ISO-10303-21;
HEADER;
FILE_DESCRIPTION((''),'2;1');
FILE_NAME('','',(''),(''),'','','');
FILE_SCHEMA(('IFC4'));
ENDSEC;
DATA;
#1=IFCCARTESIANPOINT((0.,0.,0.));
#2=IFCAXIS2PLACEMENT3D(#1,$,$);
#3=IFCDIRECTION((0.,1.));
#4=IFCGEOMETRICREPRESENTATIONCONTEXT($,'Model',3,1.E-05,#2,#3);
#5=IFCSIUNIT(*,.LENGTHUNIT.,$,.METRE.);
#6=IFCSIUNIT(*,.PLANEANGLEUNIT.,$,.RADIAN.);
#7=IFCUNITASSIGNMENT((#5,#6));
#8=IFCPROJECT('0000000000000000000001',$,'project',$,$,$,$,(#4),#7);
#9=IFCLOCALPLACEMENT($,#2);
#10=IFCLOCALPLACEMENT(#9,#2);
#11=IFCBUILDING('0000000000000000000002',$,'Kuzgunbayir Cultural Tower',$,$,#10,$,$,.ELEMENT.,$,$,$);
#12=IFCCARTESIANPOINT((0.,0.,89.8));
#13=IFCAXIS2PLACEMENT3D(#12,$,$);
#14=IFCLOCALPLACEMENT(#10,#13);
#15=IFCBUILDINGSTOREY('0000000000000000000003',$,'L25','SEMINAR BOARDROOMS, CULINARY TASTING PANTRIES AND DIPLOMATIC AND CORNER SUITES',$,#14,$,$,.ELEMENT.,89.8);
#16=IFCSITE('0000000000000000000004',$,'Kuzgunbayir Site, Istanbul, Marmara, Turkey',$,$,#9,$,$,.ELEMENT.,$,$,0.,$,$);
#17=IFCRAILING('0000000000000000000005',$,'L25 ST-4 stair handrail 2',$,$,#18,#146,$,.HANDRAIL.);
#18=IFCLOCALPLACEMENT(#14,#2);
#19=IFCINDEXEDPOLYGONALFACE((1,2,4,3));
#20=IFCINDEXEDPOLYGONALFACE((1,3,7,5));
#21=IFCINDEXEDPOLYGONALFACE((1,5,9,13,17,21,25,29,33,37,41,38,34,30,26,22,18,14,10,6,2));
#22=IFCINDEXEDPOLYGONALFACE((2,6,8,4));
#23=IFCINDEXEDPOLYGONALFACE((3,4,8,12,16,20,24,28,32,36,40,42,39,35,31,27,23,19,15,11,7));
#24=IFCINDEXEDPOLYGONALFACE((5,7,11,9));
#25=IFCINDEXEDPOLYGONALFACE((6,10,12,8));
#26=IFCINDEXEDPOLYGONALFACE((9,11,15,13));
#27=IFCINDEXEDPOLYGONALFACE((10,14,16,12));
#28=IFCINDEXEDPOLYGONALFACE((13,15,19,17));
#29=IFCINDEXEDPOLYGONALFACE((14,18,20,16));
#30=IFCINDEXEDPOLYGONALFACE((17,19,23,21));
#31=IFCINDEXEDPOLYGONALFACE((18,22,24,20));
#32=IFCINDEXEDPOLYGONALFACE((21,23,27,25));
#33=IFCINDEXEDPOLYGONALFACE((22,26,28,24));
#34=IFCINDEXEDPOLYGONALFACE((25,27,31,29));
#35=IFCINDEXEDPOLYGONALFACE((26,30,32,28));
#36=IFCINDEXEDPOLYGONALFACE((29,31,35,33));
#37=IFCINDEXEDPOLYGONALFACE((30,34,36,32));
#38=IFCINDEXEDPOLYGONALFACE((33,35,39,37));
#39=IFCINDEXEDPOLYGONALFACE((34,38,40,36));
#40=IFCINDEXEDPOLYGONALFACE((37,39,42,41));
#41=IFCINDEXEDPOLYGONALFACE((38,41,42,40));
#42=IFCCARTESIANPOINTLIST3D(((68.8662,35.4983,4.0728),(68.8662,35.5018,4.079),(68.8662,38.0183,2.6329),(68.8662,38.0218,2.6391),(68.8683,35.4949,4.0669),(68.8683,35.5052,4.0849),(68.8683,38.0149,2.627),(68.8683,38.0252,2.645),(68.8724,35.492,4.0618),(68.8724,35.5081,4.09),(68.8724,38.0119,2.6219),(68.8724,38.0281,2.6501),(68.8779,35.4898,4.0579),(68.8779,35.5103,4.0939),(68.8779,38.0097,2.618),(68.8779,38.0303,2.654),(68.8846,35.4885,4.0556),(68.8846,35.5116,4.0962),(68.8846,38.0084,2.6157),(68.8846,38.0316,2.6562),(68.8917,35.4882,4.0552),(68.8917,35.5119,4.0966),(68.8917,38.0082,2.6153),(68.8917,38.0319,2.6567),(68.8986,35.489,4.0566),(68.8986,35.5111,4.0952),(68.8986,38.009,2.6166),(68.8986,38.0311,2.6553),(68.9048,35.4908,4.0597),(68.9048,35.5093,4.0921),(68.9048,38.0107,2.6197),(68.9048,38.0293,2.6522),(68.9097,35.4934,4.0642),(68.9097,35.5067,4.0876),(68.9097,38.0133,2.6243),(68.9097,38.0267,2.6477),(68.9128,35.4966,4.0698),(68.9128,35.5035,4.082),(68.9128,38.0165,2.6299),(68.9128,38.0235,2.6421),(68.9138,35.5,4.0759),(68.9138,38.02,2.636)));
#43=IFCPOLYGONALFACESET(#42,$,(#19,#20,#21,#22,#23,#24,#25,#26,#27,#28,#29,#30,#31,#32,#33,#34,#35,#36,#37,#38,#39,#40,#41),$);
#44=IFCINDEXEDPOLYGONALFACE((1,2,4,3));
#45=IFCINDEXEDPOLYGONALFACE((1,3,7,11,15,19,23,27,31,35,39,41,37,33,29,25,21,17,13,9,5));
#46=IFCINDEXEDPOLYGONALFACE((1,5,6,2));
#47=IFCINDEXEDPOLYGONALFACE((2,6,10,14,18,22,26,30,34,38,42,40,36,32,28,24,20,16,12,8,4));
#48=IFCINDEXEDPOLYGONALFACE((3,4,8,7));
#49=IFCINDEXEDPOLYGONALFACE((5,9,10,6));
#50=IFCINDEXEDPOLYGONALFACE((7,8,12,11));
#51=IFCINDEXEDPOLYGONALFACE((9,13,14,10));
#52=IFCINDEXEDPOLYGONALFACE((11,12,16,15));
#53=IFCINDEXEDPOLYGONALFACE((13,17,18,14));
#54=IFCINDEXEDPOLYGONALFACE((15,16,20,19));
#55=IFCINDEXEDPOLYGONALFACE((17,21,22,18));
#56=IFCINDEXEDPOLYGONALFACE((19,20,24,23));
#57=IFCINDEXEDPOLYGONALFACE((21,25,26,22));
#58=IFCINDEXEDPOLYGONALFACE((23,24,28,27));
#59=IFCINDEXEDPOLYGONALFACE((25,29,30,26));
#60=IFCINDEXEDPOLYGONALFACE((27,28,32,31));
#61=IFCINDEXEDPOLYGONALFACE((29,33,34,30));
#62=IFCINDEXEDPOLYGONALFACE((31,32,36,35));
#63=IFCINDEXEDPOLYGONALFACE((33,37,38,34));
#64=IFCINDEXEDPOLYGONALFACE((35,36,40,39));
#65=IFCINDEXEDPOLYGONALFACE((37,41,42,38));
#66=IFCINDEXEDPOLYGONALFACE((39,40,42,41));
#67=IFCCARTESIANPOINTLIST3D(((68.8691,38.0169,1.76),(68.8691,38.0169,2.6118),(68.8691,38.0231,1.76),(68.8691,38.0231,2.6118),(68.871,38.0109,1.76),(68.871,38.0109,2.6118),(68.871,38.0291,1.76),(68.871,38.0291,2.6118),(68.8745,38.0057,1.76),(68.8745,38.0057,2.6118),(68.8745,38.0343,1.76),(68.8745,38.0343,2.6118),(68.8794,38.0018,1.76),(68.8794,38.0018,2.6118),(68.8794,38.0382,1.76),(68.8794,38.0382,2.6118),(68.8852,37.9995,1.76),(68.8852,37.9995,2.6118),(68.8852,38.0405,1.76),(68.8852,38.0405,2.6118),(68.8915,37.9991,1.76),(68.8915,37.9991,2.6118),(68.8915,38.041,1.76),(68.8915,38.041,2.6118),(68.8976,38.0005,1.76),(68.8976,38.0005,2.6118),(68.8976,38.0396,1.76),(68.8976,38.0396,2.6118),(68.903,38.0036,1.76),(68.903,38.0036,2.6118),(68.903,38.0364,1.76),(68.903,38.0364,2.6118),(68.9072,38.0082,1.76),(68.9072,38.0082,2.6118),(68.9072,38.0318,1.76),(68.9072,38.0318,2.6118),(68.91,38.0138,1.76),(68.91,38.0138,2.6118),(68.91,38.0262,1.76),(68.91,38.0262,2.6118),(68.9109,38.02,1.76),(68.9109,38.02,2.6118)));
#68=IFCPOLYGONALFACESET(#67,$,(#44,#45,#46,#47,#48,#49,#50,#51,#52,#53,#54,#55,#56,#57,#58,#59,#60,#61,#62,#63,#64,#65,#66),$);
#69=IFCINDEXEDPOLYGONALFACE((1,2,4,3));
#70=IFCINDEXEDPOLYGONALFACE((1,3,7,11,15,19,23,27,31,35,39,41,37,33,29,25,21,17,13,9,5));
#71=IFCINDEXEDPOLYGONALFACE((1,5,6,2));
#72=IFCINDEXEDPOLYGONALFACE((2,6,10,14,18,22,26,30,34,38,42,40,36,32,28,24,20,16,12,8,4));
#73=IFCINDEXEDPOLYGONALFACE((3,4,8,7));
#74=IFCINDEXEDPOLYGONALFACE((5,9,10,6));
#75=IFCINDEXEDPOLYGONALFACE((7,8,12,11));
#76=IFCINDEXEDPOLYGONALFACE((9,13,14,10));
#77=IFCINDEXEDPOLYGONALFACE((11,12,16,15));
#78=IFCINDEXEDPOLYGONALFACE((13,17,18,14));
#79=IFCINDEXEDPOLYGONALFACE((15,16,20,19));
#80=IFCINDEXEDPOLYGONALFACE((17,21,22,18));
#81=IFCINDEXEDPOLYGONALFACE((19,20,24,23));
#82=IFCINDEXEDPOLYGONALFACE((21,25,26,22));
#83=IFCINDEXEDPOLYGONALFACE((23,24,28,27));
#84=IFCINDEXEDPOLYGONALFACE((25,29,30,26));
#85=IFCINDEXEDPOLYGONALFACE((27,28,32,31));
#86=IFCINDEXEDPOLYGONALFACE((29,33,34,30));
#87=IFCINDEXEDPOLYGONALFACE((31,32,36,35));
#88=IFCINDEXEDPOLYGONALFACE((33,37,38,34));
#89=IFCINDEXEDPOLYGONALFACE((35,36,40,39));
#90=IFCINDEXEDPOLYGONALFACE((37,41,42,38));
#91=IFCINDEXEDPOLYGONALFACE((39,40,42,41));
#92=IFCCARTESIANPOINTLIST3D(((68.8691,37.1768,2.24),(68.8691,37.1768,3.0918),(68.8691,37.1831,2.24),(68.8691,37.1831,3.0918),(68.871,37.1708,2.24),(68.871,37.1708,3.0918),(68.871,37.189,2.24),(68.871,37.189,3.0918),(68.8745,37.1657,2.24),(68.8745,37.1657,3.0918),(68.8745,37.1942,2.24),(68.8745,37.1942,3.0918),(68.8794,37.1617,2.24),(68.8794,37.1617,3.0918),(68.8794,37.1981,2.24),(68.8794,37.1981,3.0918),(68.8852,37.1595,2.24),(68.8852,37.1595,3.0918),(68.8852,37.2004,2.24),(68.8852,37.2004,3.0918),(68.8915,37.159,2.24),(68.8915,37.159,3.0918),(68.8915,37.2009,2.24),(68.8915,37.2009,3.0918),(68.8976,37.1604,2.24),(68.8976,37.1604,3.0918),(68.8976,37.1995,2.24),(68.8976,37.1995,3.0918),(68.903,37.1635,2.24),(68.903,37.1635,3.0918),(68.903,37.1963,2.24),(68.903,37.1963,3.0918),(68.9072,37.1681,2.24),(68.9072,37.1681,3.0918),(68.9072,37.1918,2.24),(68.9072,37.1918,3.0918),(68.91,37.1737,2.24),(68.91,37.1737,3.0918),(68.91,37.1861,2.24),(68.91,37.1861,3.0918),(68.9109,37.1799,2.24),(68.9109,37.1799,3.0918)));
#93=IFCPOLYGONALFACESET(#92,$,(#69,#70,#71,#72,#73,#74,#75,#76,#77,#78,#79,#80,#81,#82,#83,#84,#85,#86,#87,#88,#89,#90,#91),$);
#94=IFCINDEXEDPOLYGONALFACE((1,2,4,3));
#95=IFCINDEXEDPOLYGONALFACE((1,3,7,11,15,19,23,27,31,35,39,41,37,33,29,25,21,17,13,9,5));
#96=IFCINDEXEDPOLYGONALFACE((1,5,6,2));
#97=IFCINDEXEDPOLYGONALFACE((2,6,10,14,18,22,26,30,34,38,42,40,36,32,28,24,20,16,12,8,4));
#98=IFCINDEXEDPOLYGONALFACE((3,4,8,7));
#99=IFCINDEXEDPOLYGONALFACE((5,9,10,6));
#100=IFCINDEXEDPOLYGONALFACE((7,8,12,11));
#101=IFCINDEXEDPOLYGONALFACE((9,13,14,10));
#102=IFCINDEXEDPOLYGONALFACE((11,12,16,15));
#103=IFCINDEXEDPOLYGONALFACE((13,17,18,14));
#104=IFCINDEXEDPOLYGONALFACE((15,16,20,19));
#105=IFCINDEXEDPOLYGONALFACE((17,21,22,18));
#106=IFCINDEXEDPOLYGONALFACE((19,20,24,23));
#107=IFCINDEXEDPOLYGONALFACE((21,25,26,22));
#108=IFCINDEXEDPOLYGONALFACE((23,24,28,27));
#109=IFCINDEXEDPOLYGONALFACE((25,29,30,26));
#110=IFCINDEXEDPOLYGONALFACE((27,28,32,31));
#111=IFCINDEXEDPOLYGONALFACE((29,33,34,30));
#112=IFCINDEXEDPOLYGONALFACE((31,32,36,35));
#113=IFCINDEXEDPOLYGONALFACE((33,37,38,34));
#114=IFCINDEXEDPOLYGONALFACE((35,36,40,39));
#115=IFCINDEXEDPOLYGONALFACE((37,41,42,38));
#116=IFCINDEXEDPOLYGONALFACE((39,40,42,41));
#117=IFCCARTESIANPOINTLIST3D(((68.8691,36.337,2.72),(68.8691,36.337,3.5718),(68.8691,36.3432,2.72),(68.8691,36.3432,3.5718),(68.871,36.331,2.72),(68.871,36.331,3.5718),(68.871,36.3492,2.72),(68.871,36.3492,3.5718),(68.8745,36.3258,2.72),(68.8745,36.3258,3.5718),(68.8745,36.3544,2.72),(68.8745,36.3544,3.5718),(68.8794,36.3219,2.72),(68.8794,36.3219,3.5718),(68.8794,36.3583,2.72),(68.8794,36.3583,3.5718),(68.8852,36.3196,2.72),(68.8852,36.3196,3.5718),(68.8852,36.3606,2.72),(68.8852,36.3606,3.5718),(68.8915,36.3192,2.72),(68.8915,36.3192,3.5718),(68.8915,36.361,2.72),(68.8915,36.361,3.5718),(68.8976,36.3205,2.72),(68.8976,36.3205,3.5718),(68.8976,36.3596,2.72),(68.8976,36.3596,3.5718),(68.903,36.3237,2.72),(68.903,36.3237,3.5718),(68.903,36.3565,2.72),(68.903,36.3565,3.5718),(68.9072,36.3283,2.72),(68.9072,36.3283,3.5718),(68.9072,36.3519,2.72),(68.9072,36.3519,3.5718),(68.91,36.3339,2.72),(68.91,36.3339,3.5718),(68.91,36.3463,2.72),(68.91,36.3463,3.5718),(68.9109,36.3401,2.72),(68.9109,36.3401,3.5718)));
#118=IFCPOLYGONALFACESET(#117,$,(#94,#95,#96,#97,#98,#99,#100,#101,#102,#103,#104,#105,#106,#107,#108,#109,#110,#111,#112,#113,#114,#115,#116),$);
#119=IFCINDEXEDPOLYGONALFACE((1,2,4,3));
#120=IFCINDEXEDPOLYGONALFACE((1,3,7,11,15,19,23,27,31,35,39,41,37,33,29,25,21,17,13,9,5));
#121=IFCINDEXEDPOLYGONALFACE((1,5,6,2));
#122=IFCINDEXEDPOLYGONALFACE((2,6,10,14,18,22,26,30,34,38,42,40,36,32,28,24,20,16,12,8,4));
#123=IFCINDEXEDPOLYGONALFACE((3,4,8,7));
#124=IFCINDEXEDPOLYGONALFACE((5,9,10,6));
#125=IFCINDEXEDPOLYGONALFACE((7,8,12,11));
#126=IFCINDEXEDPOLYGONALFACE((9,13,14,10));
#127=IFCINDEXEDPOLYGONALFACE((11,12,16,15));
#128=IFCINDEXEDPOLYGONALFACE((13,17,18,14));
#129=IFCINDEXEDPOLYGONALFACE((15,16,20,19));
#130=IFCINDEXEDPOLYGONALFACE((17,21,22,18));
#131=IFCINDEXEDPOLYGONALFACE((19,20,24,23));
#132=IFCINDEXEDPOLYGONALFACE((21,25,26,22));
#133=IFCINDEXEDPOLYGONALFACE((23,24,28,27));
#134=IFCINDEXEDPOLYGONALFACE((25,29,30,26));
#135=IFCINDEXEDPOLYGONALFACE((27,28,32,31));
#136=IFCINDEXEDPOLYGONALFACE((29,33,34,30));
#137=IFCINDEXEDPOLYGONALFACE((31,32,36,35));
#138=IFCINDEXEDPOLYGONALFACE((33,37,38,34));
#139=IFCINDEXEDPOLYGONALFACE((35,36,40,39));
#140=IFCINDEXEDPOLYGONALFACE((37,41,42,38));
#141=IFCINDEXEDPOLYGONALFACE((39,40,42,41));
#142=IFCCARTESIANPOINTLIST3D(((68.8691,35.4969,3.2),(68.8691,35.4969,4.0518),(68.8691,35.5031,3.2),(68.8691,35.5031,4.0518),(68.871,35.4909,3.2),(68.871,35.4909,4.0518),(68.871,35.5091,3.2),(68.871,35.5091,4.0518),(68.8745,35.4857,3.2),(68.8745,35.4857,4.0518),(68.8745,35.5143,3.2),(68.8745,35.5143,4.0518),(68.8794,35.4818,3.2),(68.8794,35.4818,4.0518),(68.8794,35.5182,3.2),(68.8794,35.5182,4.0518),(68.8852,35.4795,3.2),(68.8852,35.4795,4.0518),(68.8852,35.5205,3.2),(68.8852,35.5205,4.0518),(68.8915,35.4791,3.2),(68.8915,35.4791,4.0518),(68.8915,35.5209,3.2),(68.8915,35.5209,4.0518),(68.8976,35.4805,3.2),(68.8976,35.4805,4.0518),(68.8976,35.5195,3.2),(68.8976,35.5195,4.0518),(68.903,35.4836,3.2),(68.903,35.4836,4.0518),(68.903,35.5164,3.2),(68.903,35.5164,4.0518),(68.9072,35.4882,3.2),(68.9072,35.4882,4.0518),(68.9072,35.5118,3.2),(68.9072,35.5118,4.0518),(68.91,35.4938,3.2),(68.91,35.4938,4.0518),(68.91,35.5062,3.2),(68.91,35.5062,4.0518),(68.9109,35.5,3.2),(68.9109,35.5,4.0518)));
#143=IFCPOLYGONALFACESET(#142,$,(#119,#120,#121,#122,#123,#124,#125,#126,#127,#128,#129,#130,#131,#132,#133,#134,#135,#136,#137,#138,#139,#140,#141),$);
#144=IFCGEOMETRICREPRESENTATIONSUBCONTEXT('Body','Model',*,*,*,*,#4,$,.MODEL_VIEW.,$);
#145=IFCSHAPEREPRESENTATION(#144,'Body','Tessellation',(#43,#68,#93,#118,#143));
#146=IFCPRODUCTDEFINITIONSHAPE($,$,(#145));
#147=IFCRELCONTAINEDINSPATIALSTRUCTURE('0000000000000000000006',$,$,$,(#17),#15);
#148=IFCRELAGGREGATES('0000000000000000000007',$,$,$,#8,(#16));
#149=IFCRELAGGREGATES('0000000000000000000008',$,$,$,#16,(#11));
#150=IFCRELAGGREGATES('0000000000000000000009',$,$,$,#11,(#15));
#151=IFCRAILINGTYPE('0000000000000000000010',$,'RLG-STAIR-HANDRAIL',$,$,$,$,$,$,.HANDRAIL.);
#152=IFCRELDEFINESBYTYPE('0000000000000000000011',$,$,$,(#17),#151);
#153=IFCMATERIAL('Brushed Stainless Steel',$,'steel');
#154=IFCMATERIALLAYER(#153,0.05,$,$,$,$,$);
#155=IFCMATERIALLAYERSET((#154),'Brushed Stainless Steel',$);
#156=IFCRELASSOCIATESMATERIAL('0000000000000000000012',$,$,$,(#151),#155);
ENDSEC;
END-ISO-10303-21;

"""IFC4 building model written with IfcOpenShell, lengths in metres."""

from ifc_helpers import new_model, si_unit, direction, frame, origin, origin_2d, place, context, subcontext, project, spatial, circle, extrude, material, layer, layer_set, type_object, element, save


model = new_model("IFC4")

# Units and contexts
model_context = context("Model", 3, precision=1e-05, world=origin(), true_north=direction((0.0, 1.0)))
body_context = subcontext(model_context, "Body", "Model", "MODEL_VIEW")
ifc_project = project(units=[si_unit("LENGTHUNIT", "METRE"), si_unit("PLANEANGLEUNIT", "RADIAN")], contexts=[model_context])

# Site, building, storey
site_placement = place(None, origin())
site = spatial("IfcSite", under=ifc_project, at=site_placement, Name="Kuzgunbayir Site, Istanbul, Marmara, Turkey", CompositionType="ELEMENT", RefElevation=0.0)
building_placement = place(site_placement, origin())
building = spatial("IfcBuilding", under=site, at=building_placement, Name="Kuzgunbayir Cultural Tower", CompositionType="ELEMENT")
storey_placement = place(building_placement, frame((0.0, 0.0, 89.8)))
storey = spatial("IfcBuildingStorey", under=building, at=storey_placement, Name="L25", Description="SEMINAR BOARDROOMS, CULINARY TASTING PANTRIES AND DIPLOMATIC AND CORNER SUITES", CompositionType="ELEMENT", Elevation=89.8)

# Shared definitions
ifc_material_1 = material(Name="Brushed Stainless Steel", Category="steel")

# Railing
ifc_layer_1 = layer(ifc_material_1, 0.05)
ifc_layer_set_1 = layer_set([ifc_layer_1], Name="Brushed Stainless Steel")
railing_type = type_object("IfcRailingType", Name="RLG-STAIR-HANDRAIL", PredefinedType="HANDRAIL", material=ifc_layer_set_1)
railing_placement = place(storey_placement, frame((68.8899, 38.02, 1.76)))
element("IfcRailing", 1, at=railing_placement, inside=storey, type_object=railing_type, Name="L25 ST-4 stair handrail 2", PredefinedType="HANDRAIL", context=body_context, shape_type="SweptSolid", body=[
    extrude(circle(Radius=0.0239, at=origin_2d()), frame((0.0, 0.0, 0.876), z_axis=(0.0, -0.868253, 0.496121), x_axis=(1.0, 0.0, 0.0)), (0.0, 0.0, 1.0), 2.9023),
    extrude(circle(Radius=0.021, at=origin_2d()), origin(), (0.0, 0.0, 1.0), 0.8518),
    extrude(circle(Radius=0.021, at=origin_2d()), frame((0.0, -0.8401, 0.48)), (0.0, 0.0, 1.0), 0.8518),
    extrude(circle(Radius=0.021, at=origin_2d()), frame((0.0, -1.6799, 0.96)), (0.0, 0.0, 1.0), 0.8518),
    extrude(circle(Radius=0.021, at=origin_2d()), frame((0.0, -2.52, 1.4399)), (0.0, 0.0, 1.0), 0.8518),
])

save(model, "model.ifc")
